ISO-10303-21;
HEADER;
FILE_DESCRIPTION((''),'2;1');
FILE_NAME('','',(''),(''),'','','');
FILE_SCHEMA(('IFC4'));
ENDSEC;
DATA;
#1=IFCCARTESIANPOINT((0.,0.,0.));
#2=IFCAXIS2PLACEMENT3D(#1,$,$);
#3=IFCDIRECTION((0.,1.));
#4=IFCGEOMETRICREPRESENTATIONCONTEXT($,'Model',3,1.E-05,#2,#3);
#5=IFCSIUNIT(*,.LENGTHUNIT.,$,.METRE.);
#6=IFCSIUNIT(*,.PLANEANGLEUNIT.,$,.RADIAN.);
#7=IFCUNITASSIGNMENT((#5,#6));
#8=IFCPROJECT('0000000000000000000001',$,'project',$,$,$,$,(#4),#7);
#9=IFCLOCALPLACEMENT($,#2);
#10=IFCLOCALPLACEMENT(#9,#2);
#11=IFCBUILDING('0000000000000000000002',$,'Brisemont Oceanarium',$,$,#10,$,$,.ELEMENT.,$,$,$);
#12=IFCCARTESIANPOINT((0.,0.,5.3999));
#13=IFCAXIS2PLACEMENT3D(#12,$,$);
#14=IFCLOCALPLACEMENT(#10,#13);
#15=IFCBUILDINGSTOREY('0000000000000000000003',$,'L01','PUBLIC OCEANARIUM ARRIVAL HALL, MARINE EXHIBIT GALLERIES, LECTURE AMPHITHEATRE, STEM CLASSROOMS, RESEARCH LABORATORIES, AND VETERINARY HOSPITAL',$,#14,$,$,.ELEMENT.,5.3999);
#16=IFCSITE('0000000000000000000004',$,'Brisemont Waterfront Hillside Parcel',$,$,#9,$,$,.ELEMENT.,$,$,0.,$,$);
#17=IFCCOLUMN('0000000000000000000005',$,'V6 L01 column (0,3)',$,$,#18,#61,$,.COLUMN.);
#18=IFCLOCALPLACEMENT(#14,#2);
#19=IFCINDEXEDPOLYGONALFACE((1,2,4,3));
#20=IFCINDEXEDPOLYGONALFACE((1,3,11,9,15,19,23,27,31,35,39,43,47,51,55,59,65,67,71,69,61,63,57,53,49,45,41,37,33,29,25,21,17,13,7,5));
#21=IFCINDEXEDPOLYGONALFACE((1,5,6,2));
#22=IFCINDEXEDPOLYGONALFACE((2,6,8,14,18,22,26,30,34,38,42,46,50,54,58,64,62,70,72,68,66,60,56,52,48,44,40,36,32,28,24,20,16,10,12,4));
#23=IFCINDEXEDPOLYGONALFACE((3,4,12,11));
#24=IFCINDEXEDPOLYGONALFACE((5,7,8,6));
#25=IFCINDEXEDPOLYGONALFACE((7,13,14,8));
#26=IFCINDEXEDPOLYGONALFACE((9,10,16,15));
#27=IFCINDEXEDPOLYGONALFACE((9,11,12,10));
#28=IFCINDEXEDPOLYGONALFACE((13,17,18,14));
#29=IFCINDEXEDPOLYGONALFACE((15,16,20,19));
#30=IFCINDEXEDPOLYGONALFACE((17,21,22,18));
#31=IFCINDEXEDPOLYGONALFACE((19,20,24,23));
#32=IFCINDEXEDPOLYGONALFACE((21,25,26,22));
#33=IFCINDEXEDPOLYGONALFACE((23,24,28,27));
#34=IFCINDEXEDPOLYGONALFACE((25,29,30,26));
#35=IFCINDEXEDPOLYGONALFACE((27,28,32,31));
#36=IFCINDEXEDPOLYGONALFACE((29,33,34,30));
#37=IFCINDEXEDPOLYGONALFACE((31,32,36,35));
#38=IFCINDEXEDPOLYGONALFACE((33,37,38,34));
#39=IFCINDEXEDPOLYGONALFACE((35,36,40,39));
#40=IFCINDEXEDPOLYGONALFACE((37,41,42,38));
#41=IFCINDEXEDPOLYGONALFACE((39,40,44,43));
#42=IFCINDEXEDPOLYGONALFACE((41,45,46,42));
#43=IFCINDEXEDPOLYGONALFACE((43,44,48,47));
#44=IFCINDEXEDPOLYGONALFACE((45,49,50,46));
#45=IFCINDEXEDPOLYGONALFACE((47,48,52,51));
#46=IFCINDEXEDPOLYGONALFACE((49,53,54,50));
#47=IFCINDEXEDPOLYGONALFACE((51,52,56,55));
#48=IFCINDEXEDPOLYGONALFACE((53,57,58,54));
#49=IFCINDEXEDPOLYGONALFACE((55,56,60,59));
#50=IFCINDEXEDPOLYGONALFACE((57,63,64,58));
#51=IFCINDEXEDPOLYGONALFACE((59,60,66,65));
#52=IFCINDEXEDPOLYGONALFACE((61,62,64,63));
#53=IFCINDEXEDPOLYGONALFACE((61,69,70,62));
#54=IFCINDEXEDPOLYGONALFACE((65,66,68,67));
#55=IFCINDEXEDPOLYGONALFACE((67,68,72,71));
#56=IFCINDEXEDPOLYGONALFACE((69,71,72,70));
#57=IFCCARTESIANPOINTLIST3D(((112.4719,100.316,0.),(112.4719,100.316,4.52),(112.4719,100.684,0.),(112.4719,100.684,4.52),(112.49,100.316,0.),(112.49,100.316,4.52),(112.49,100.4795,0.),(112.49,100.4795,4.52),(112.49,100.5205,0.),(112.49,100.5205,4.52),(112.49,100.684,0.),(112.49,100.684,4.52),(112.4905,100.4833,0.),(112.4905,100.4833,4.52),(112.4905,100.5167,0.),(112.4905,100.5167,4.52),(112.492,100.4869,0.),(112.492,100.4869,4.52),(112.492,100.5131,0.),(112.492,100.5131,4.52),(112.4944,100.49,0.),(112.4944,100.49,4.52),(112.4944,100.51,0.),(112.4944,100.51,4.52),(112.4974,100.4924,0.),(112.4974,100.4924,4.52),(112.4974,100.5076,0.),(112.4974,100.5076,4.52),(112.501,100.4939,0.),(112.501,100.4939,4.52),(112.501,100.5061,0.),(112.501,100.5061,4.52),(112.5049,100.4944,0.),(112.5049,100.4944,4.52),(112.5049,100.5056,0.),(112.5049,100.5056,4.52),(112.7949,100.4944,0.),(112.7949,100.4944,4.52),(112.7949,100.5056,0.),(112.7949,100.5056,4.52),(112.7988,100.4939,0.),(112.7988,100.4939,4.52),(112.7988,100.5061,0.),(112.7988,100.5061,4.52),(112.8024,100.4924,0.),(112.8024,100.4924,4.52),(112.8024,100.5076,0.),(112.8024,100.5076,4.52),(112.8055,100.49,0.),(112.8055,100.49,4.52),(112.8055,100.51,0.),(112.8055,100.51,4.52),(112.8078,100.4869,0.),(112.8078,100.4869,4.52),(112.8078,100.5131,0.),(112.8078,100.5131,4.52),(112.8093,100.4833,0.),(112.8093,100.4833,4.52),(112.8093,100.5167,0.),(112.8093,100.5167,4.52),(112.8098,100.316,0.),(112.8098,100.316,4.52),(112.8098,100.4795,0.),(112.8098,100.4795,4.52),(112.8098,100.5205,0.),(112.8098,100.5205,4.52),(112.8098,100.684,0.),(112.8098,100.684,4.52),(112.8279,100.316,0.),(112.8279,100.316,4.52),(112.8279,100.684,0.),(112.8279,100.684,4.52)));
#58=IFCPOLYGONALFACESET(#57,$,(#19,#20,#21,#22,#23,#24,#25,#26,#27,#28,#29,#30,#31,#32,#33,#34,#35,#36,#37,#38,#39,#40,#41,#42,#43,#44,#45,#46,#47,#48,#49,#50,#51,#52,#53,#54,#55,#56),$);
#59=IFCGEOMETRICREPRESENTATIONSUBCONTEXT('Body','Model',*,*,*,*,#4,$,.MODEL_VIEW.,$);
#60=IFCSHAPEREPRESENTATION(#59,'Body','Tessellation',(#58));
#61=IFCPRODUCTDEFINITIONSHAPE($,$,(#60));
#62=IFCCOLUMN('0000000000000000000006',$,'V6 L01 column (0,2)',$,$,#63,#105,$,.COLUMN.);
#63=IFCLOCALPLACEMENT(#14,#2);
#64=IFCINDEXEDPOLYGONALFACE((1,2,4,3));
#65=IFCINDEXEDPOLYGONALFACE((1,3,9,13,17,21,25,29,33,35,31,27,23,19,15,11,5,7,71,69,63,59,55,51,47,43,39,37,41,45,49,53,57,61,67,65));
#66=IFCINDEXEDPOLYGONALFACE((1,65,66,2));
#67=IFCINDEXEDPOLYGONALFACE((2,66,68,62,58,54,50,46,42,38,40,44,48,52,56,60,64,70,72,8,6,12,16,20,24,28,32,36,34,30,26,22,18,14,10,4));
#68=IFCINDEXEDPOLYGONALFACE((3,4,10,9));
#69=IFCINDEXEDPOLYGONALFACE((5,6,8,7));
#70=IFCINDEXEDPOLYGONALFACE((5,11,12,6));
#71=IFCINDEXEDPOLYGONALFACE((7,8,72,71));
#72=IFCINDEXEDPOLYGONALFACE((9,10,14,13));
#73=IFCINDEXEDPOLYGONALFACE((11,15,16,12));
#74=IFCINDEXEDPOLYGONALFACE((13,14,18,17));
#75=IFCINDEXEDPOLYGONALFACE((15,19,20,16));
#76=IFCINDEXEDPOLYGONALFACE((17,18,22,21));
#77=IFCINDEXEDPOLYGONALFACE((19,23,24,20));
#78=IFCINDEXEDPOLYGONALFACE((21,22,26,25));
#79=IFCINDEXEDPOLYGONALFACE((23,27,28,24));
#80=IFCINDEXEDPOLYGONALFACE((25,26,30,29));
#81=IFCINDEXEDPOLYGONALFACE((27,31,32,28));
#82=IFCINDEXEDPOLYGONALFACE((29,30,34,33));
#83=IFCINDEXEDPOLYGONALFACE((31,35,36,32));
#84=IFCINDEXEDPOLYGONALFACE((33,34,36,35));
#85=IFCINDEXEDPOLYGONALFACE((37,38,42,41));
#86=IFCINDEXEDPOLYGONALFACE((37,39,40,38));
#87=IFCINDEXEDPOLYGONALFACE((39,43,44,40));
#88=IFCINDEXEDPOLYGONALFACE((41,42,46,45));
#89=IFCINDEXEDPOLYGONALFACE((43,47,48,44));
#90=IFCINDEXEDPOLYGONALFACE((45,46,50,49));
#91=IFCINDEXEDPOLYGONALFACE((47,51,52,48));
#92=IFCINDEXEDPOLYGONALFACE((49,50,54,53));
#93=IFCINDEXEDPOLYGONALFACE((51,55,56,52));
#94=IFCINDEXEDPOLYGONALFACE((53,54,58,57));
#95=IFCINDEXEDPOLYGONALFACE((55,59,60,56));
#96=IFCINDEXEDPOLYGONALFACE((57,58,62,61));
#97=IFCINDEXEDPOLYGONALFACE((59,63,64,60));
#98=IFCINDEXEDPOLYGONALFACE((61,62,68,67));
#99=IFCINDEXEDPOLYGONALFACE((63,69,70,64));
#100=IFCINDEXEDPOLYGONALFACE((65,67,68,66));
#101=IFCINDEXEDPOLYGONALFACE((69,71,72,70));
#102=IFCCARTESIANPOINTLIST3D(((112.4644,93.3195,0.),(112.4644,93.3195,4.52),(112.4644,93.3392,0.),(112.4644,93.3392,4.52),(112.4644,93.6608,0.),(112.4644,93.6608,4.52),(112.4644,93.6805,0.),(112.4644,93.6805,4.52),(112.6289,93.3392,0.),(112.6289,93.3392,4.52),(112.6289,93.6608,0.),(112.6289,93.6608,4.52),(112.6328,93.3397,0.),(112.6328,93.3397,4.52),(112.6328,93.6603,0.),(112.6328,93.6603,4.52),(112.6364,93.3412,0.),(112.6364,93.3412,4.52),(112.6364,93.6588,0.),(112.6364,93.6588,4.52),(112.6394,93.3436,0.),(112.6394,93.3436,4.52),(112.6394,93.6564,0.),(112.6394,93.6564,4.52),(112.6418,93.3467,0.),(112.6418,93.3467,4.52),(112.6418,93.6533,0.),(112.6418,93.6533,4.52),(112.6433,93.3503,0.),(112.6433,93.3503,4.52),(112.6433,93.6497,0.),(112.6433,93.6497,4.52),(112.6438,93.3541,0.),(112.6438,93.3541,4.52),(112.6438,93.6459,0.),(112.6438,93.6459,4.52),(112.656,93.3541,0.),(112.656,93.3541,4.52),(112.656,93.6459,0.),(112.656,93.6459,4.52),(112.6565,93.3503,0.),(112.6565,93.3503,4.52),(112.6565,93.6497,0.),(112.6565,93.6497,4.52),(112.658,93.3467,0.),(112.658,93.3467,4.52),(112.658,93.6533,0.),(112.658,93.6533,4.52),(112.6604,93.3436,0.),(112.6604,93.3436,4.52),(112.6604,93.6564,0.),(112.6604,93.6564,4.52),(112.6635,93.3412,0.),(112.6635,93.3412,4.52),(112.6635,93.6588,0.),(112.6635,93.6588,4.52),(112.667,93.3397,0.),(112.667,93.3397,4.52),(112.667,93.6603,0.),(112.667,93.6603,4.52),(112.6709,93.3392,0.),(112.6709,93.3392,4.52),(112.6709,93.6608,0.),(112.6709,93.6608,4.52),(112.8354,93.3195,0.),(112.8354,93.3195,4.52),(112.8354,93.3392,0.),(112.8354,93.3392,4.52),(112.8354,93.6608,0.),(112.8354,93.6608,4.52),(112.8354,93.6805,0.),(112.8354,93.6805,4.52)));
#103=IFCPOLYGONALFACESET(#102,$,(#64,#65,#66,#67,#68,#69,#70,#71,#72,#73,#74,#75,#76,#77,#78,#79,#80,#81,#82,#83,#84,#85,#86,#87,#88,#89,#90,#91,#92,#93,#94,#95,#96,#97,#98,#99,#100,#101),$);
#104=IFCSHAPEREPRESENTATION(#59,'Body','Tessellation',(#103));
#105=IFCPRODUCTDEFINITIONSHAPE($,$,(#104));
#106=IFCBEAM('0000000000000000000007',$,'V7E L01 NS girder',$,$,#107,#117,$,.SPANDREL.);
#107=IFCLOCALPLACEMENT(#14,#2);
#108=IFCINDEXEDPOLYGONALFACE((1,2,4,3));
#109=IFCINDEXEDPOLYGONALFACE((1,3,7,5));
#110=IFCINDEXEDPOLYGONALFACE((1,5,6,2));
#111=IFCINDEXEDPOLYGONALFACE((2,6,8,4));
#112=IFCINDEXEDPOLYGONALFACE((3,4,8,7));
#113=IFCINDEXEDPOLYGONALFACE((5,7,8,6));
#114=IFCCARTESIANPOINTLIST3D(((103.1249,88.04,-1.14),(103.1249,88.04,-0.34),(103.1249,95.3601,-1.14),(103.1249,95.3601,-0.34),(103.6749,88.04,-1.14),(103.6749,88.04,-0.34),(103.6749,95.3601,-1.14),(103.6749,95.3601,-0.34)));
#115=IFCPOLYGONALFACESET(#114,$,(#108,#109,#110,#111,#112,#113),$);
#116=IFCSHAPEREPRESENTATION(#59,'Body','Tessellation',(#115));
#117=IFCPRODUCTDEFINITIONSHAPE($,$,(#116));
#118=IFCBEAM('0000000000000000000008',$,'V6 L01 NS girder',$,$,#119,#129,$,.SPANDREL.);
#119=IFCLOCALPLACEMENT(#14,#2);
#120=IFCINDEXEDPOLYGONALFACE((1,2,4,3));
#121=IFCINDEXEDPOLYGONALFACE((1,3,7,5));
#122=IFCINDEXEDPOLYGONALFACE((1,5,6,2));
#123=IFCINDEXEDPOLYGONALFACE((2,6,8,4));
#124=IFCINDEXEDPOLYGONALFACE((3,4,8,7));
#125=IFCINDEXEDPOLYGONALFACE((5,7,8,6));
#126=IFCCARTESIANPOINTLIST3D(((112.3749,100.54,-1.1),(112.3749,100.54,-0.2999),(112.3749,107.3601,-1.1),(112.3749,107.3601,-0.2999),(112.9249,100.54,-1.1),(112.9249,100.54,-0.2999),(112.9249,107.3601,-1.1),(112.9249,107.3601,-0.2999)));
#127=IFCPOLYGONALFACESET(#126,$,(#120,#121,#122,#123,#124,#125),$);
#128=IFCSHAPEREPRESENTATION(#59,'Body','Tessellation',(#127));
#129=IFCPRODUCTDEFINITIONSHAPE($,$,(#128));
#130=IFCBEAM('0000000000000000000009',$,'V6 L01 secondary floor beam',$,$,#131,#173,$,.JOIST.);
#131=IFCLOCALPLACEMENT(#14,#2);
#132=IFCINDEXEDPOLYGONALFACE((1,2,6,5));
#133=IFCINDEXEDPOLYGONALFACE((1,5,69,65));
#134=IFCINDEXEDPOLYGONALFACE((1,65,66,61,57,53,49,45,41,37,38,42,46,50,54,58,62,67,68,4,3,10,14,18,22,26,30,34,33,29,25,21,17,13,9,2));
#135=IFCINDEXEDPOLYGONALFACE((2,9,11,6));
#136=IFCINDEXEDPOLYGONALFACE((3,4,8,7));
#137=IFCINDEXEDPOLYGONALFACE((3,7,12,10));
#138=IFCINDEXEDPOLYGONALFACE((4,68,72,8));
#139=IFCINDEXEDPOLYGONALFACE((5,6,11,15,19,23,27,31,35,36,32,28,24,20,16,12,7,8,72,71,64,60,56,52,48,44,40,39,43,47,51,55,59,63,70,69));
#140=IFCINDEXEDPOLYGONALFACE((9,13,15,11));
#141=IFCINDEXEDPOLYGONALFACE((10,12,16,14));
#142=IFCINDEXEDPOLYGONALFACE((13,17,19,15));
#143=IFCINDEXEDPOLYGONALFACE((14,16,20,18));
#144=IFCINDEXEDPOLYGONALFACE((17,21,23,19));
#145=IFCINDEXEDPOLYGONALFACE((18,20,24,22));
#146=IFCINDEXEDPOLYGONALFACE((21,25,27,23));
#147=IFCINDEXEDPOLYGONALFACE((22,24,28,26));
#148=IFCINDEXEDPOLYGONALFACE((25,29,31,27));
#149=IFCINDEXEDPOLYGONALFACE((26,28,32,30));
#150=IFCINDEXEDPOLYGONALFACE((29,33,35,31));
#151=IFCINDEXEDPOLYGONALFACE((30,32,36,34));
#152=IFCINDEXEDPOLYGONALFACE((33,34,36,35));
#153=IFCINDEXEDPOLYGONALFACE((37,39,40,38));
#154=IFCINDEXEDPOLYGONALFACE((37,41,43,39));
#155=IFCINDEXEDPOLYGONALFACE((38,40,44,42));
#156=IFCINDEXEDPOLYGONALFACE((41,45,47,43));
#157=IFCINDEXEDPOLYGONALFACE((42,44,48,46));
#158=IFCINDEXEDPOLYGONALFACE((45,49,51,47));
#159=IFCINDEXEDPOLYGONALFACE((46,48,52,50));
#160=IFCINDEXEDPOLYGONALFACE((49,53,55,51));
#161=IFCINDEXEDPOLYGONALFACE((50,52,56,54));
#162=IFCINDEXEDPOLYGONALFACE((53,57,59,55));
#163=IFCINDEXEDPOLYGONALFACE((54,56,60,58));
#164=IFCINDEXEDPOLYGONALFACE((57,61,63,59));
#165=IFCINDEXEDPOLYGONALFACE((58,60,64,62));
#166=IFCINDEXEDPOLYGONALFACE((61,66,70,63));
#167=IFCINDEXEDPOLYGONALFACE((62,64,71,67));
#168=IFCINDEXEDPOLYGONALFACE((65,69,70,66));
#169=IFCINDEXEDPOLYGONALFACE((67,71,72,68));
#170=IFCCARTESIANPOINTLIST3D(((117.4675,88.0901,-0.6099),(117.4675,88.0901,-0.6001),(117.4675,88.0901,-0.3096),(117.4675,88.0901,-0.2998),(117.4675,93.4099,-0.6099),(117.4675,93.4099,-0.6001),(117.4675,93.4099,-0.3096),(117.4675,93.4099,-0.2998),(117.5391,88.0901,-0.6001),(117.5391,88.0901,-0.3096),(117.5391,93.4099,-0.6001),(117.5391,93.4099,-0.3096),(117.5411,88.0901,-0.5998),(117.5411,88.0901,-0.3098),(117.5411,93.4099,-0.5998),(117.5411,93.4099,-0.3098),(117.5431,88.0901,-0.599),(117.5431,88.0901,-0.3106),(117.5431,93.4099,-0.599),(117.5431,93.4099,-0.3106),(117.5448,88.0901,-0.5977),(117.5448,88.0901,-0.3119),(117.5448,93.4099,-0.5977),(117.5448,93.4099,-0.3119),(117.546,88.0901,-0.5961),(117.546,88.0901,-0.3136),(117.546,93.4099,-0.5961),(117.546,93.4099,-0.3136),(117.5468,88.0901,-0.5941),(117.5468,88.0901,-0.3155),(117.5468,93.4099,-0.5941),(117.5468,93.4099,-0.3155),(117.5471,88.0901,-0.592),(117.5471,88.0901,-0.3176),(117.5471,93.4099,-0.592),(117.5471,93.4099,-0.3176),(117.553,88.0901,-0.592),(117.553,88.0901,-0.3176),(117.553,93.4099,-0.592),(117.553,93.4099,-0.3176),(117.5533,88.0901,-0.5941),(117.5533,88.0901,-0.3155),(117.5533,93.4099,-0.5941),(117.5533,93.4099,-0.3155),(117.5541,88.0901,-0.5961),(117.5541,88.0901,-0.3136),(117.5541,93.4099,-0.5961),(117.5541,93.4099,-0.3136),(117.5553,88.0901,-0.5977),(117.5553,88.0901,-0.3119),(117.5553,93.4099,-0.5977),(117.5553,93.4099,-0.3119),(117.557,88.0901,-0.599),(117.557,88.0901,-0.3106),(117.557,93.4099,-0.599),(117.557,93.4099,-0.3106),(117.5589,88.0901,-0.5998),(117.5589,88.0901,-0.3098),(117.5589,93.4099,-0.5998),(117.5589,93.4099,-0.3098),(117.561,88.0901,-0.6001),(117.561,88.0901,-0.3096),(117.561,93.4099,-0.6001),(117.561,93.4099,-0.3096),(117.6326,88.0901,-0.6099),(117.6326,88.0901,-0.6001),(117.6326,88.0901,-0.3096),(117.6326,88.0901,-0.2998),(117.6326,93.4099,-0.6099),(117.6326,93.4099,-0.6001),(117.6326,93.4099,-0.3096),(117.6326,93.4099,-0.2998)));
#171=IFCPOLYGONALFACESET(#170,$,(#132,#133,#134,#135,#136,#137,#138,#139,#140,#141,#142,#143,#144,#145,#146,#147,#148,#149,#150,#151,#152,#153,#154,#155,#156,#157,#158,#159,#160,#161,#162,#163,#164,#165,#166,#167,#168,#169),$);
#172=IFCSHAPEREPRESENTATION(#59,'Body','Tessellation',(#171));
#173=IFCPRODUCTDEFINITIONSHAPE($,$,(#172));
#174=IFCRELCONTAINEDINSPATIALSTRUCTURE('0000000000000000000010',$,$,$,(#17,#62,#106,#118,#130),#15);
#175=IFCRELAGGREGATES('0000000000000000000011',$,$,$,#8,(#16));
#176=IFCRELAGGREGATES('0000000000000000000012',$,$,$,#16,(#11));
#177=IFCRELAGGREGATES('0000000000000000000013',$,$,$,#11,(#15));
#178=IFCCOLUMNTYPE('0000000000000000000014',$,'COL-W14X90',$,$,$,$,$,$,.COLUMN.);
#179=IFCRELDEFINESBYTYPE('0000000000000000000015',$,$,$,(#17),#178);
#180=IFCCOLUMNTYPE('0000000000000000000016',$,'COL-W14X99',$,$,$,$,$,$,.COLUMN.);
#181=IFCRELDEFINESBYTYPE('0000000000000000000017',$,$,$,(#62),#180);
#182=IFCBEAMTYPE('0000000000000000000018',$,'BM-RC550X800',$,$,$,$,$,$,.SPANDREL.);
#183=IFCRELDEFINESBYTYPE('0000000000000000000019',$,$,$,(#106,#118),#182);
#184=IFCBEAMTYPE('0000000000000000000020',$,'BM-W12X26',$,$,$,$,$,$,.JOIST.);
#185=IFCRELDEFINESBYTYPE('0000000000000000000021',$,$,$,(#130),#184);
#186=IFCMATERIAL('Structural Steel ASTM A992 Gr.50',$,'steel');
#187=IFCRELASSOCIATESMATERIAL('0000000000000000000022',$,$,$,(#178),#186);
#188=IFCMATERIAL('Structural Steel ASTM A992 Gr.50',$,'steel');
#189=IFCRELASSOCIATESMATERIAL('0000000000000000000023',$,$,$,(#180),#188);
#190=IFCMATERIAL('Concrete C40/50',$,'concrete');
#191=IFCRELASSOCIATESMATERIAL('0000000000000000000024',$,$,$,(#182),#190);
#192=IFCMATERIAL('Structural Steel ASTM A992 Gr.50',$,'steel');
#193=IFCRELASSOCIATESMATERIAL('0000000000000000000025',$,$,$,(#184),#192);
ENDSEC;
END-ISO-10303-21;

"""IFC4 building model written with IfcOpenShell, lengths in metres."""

from ifc_helpers import new_model, si_unit, direction, frame, origin, origin_2d, place, context, subcontext, project, spatial, rectangle, i_section, extrude, material, material_profile, profile_set, type_object, element, save


model = new_model("IFC4")

# Units and contexts
model_context = context("Model", 3, precision=1e-05, world=origin(), true_north=direction((0.0, 1.0)))
body_context = subcontext(model_context, "Body", "Model", "MODEL_VIEW")
ifc_project = project(units=[si_unit("LENGTHUNIT", "METRE"), si_unit("PLANEANGLEUNIT", "RADIAN")], contexts=[model_context])

# Site, building, storey
site_placement = place(None, origin())
site = spatial("IfcSite", under=ifc_project, at=site_placement, Name="Brisemont Waterfront Hillside Parcel", CompositionType="ELEMENT", RefElevation=0.0)
building_placement = place(site_placement, origin())
building = spatial("IfcBuilding", under=site, at=building_placement, Name="Brisemont Oceanarium", CompositionType="ELEMENT")
storey_placement = place(building_placement, frame((0.0, 0.0, 5.3999)))
storey = spatial("IfcBuildingStorey", under=building, at=storey_placement, Name="L01", Description="PUBLIC OCEANARIUM ARRIVAL HALL, MARINE EXHIBIT GALLERIES, LECTURE AMPHITHEATRE, STEM CLASSROOMS, RESEARCH LABORATORIES, AND VETERINARY HOSPITAL", CompositionType="ELEMENT", Elevation=5.3999)

# Columns
ifc_material_1 = material(Name="Structural Steel ASTM A992 Gr.50", Category="steel")
ifc_material_profile_1 = material_profile(ifc_material_1, i_section(OverallWidth=0.3679, OverallDepth=0.356, WebThickness=0.0112, FlangeThickness=0.0181, FilletRadius=0.0149, at=origin_2d()), Name="W14X90")
ifc_profile_set_1 = profile_set([ifc_material_profile_1], Name="Structural Steel ASTM A992 Gr.50")
column_type_1 = type_object("IfcColumnType", Name="COL-W14X90", PredefinedType="COLUMN", material=ifc_profile_set_1)
column_1_placement = place(storey_placement, frame((112.6499, 100.5, 0.0), z_axis=(0.0, 0.0, 1.0), x_axis=(0.0, 1.0, 0.0)))
element("IfcColumn", 1, at=column_1_placement, inside=storey, type_object=column_type_1, Name="V6 L01 column (0,3)", PredefinedType="COLUMN", context=body_context, shape_type="SweptSolid", body=[
    extrude(i_section(OverallWidth=0.3679, OverallDepth=0.356, WebThickness=0.0112, FlangeThickness=0.0181, FilletRadius=0.0149, at=origin_2d()), origin(), (0.0, 0.0, 1.0), 4.52),
])
ifc_material_2 = material(Name="Structural Steel ASTM A992 Gr.50", Category="steel")
ifc_material_profile_2 = material_profile(ifc_material_2, i_section(OverallWidth=0.3711, OverallDepth=0.3611, WebThickness=0.0122, FlangeThickness=0.0198, FilletRadius=0.0149, at=origin_2d()), Name="W14X99")
ifc_profile_set_2 = profile_set([ifc_material_profile_2], Name="Structural Steel ASTM A992 Gr.50")
column_type_2 = type_object("IfcColumnType", Name="COL-W14X99", PredefinedType="COLUMN", material=ifc_profile_set_2)
column_2_placement = place(storey_placement, frame((112.6499, 93.5, 0.0), z_axis=(0.0, 0.0, 1.0), x_axis=(1.0, 0.0, 0.0)))
element("IfcColumn", 2, at=column_2_placement, inside=storey, type_object=column_type_2, Name="V6 L01 column (0,2)", PredefinedType="COLUMN", context=body_context, shape_type="SweptSolid", body=[
    extrude(i_section(OverallWidth=0.3711, OverallDepth=0.3611, WebThickness=0.0122, FlangeThickness=0.0198, FilletRadius=0.0149, at=origin_2d()), origin(), (0.0, 0.0, 1.0), 4.52),
])

# Beams
ifc_material_3 = material(Name="Concrete C40/50", Category="concrete")
ifc_material_profile_3 = material_profile(ifc_material_3, rectangle(XDim=0.55, YDim=0.8, at=origin_2d()), Name="RC-BM-550X800")
ifc_profile_set_3 = profile_set([ifc_material_profile_3], Name="Concrete C40/50")
beam_type_1 = type_object("IfcBeamType", Name="BM-RC550X800", PredefinedType="SPANDREL", material=ifc_profile_set_3)
beam_1_placement = place(storey_placement, frame((103.3999, 88.04, -0.74), z_axis=(0.0, 1.0, 0.0), x_axis=(-1.0, 0.0, 0.0)))
element("IfcBeam", 3, at=beam_1_placement, inside=storey, type_object=beam_type_1, Name="V7E L01 NS girder", PredefinedType="SPANDREL", context=body_context, shape_type="SweptSolid", body=[
    extrude(rectangle(XDim=0.55, YDim=0.8, at=origin_2d()), origin(), (0.0, 0.0, 1.0), 7.3201),
])
beam_2_placement = place(storey_placement, frame((112.6499, 100.54, -0.7), z_axis=(0.0, 1.0, 0.0), x_axis=(-1.0, 0.0, 0.0)))
element("IfcBeam", 4, at=beam_2_placement, inside=storey, type_object=beam_type_1, Name="V6 L01 NS girder", PredefinedType="SPANDREL", context=body_context, shape_type="SweptSolid", body=[
    extrude(rectangle(XDim=0.55, YDim=0.8, at=origin_2d()), origin(), (0.0, 0.0, 1.0), 6.8201),
])
ifc_material_4 = material(Name="Structural Steel ASTM A992 Gr.50", Category="steel")
ifc_material_profile_4 = material_profile(ifc_material_4, i_section(OverallWidth=0.165, OverallDepth=0.3101, WebThickness=0.0059, FlangeThickness=0.0098, FilletRadius=0.0081, at=origin_2d()), Name="W12X26")
ifc_profile_set_4 = profile_set([ifc_material_profile_4], Name="Structural Steel ASTM A992 Gr.50")
beam_type_2 = type_object("IfcBeamType", Name="BM-W12X26", PredefinedType="JOIST", material=ifc_profile_set_4)
beam_3_placement = place(storey_placement, frame((117.55, 88.0901, -0.4548), z_axis=(0.0, 1.0, 0.0), x_axis=(-1.0, 0.0, 0.0)))
element("IfcBeam", 5, at=beam_3_placement, inside=storey, type_object=beam_type_2, Name="V6 L01 secondary floor beam", PredefinedType="JOIST", context=body_context, shape_type="SweptSolid", body=[
    extrude(i_section(OverallWidth=0.165, OverallDepth=0.3101, WebThickness=0.0059, FlangeThickness=0.0098, FilletRadius=0.0081, at=origin_2d()), origin(), (0.0, 0.0, 1.0), 5.3198),
])

save(model, "model.ifc")
